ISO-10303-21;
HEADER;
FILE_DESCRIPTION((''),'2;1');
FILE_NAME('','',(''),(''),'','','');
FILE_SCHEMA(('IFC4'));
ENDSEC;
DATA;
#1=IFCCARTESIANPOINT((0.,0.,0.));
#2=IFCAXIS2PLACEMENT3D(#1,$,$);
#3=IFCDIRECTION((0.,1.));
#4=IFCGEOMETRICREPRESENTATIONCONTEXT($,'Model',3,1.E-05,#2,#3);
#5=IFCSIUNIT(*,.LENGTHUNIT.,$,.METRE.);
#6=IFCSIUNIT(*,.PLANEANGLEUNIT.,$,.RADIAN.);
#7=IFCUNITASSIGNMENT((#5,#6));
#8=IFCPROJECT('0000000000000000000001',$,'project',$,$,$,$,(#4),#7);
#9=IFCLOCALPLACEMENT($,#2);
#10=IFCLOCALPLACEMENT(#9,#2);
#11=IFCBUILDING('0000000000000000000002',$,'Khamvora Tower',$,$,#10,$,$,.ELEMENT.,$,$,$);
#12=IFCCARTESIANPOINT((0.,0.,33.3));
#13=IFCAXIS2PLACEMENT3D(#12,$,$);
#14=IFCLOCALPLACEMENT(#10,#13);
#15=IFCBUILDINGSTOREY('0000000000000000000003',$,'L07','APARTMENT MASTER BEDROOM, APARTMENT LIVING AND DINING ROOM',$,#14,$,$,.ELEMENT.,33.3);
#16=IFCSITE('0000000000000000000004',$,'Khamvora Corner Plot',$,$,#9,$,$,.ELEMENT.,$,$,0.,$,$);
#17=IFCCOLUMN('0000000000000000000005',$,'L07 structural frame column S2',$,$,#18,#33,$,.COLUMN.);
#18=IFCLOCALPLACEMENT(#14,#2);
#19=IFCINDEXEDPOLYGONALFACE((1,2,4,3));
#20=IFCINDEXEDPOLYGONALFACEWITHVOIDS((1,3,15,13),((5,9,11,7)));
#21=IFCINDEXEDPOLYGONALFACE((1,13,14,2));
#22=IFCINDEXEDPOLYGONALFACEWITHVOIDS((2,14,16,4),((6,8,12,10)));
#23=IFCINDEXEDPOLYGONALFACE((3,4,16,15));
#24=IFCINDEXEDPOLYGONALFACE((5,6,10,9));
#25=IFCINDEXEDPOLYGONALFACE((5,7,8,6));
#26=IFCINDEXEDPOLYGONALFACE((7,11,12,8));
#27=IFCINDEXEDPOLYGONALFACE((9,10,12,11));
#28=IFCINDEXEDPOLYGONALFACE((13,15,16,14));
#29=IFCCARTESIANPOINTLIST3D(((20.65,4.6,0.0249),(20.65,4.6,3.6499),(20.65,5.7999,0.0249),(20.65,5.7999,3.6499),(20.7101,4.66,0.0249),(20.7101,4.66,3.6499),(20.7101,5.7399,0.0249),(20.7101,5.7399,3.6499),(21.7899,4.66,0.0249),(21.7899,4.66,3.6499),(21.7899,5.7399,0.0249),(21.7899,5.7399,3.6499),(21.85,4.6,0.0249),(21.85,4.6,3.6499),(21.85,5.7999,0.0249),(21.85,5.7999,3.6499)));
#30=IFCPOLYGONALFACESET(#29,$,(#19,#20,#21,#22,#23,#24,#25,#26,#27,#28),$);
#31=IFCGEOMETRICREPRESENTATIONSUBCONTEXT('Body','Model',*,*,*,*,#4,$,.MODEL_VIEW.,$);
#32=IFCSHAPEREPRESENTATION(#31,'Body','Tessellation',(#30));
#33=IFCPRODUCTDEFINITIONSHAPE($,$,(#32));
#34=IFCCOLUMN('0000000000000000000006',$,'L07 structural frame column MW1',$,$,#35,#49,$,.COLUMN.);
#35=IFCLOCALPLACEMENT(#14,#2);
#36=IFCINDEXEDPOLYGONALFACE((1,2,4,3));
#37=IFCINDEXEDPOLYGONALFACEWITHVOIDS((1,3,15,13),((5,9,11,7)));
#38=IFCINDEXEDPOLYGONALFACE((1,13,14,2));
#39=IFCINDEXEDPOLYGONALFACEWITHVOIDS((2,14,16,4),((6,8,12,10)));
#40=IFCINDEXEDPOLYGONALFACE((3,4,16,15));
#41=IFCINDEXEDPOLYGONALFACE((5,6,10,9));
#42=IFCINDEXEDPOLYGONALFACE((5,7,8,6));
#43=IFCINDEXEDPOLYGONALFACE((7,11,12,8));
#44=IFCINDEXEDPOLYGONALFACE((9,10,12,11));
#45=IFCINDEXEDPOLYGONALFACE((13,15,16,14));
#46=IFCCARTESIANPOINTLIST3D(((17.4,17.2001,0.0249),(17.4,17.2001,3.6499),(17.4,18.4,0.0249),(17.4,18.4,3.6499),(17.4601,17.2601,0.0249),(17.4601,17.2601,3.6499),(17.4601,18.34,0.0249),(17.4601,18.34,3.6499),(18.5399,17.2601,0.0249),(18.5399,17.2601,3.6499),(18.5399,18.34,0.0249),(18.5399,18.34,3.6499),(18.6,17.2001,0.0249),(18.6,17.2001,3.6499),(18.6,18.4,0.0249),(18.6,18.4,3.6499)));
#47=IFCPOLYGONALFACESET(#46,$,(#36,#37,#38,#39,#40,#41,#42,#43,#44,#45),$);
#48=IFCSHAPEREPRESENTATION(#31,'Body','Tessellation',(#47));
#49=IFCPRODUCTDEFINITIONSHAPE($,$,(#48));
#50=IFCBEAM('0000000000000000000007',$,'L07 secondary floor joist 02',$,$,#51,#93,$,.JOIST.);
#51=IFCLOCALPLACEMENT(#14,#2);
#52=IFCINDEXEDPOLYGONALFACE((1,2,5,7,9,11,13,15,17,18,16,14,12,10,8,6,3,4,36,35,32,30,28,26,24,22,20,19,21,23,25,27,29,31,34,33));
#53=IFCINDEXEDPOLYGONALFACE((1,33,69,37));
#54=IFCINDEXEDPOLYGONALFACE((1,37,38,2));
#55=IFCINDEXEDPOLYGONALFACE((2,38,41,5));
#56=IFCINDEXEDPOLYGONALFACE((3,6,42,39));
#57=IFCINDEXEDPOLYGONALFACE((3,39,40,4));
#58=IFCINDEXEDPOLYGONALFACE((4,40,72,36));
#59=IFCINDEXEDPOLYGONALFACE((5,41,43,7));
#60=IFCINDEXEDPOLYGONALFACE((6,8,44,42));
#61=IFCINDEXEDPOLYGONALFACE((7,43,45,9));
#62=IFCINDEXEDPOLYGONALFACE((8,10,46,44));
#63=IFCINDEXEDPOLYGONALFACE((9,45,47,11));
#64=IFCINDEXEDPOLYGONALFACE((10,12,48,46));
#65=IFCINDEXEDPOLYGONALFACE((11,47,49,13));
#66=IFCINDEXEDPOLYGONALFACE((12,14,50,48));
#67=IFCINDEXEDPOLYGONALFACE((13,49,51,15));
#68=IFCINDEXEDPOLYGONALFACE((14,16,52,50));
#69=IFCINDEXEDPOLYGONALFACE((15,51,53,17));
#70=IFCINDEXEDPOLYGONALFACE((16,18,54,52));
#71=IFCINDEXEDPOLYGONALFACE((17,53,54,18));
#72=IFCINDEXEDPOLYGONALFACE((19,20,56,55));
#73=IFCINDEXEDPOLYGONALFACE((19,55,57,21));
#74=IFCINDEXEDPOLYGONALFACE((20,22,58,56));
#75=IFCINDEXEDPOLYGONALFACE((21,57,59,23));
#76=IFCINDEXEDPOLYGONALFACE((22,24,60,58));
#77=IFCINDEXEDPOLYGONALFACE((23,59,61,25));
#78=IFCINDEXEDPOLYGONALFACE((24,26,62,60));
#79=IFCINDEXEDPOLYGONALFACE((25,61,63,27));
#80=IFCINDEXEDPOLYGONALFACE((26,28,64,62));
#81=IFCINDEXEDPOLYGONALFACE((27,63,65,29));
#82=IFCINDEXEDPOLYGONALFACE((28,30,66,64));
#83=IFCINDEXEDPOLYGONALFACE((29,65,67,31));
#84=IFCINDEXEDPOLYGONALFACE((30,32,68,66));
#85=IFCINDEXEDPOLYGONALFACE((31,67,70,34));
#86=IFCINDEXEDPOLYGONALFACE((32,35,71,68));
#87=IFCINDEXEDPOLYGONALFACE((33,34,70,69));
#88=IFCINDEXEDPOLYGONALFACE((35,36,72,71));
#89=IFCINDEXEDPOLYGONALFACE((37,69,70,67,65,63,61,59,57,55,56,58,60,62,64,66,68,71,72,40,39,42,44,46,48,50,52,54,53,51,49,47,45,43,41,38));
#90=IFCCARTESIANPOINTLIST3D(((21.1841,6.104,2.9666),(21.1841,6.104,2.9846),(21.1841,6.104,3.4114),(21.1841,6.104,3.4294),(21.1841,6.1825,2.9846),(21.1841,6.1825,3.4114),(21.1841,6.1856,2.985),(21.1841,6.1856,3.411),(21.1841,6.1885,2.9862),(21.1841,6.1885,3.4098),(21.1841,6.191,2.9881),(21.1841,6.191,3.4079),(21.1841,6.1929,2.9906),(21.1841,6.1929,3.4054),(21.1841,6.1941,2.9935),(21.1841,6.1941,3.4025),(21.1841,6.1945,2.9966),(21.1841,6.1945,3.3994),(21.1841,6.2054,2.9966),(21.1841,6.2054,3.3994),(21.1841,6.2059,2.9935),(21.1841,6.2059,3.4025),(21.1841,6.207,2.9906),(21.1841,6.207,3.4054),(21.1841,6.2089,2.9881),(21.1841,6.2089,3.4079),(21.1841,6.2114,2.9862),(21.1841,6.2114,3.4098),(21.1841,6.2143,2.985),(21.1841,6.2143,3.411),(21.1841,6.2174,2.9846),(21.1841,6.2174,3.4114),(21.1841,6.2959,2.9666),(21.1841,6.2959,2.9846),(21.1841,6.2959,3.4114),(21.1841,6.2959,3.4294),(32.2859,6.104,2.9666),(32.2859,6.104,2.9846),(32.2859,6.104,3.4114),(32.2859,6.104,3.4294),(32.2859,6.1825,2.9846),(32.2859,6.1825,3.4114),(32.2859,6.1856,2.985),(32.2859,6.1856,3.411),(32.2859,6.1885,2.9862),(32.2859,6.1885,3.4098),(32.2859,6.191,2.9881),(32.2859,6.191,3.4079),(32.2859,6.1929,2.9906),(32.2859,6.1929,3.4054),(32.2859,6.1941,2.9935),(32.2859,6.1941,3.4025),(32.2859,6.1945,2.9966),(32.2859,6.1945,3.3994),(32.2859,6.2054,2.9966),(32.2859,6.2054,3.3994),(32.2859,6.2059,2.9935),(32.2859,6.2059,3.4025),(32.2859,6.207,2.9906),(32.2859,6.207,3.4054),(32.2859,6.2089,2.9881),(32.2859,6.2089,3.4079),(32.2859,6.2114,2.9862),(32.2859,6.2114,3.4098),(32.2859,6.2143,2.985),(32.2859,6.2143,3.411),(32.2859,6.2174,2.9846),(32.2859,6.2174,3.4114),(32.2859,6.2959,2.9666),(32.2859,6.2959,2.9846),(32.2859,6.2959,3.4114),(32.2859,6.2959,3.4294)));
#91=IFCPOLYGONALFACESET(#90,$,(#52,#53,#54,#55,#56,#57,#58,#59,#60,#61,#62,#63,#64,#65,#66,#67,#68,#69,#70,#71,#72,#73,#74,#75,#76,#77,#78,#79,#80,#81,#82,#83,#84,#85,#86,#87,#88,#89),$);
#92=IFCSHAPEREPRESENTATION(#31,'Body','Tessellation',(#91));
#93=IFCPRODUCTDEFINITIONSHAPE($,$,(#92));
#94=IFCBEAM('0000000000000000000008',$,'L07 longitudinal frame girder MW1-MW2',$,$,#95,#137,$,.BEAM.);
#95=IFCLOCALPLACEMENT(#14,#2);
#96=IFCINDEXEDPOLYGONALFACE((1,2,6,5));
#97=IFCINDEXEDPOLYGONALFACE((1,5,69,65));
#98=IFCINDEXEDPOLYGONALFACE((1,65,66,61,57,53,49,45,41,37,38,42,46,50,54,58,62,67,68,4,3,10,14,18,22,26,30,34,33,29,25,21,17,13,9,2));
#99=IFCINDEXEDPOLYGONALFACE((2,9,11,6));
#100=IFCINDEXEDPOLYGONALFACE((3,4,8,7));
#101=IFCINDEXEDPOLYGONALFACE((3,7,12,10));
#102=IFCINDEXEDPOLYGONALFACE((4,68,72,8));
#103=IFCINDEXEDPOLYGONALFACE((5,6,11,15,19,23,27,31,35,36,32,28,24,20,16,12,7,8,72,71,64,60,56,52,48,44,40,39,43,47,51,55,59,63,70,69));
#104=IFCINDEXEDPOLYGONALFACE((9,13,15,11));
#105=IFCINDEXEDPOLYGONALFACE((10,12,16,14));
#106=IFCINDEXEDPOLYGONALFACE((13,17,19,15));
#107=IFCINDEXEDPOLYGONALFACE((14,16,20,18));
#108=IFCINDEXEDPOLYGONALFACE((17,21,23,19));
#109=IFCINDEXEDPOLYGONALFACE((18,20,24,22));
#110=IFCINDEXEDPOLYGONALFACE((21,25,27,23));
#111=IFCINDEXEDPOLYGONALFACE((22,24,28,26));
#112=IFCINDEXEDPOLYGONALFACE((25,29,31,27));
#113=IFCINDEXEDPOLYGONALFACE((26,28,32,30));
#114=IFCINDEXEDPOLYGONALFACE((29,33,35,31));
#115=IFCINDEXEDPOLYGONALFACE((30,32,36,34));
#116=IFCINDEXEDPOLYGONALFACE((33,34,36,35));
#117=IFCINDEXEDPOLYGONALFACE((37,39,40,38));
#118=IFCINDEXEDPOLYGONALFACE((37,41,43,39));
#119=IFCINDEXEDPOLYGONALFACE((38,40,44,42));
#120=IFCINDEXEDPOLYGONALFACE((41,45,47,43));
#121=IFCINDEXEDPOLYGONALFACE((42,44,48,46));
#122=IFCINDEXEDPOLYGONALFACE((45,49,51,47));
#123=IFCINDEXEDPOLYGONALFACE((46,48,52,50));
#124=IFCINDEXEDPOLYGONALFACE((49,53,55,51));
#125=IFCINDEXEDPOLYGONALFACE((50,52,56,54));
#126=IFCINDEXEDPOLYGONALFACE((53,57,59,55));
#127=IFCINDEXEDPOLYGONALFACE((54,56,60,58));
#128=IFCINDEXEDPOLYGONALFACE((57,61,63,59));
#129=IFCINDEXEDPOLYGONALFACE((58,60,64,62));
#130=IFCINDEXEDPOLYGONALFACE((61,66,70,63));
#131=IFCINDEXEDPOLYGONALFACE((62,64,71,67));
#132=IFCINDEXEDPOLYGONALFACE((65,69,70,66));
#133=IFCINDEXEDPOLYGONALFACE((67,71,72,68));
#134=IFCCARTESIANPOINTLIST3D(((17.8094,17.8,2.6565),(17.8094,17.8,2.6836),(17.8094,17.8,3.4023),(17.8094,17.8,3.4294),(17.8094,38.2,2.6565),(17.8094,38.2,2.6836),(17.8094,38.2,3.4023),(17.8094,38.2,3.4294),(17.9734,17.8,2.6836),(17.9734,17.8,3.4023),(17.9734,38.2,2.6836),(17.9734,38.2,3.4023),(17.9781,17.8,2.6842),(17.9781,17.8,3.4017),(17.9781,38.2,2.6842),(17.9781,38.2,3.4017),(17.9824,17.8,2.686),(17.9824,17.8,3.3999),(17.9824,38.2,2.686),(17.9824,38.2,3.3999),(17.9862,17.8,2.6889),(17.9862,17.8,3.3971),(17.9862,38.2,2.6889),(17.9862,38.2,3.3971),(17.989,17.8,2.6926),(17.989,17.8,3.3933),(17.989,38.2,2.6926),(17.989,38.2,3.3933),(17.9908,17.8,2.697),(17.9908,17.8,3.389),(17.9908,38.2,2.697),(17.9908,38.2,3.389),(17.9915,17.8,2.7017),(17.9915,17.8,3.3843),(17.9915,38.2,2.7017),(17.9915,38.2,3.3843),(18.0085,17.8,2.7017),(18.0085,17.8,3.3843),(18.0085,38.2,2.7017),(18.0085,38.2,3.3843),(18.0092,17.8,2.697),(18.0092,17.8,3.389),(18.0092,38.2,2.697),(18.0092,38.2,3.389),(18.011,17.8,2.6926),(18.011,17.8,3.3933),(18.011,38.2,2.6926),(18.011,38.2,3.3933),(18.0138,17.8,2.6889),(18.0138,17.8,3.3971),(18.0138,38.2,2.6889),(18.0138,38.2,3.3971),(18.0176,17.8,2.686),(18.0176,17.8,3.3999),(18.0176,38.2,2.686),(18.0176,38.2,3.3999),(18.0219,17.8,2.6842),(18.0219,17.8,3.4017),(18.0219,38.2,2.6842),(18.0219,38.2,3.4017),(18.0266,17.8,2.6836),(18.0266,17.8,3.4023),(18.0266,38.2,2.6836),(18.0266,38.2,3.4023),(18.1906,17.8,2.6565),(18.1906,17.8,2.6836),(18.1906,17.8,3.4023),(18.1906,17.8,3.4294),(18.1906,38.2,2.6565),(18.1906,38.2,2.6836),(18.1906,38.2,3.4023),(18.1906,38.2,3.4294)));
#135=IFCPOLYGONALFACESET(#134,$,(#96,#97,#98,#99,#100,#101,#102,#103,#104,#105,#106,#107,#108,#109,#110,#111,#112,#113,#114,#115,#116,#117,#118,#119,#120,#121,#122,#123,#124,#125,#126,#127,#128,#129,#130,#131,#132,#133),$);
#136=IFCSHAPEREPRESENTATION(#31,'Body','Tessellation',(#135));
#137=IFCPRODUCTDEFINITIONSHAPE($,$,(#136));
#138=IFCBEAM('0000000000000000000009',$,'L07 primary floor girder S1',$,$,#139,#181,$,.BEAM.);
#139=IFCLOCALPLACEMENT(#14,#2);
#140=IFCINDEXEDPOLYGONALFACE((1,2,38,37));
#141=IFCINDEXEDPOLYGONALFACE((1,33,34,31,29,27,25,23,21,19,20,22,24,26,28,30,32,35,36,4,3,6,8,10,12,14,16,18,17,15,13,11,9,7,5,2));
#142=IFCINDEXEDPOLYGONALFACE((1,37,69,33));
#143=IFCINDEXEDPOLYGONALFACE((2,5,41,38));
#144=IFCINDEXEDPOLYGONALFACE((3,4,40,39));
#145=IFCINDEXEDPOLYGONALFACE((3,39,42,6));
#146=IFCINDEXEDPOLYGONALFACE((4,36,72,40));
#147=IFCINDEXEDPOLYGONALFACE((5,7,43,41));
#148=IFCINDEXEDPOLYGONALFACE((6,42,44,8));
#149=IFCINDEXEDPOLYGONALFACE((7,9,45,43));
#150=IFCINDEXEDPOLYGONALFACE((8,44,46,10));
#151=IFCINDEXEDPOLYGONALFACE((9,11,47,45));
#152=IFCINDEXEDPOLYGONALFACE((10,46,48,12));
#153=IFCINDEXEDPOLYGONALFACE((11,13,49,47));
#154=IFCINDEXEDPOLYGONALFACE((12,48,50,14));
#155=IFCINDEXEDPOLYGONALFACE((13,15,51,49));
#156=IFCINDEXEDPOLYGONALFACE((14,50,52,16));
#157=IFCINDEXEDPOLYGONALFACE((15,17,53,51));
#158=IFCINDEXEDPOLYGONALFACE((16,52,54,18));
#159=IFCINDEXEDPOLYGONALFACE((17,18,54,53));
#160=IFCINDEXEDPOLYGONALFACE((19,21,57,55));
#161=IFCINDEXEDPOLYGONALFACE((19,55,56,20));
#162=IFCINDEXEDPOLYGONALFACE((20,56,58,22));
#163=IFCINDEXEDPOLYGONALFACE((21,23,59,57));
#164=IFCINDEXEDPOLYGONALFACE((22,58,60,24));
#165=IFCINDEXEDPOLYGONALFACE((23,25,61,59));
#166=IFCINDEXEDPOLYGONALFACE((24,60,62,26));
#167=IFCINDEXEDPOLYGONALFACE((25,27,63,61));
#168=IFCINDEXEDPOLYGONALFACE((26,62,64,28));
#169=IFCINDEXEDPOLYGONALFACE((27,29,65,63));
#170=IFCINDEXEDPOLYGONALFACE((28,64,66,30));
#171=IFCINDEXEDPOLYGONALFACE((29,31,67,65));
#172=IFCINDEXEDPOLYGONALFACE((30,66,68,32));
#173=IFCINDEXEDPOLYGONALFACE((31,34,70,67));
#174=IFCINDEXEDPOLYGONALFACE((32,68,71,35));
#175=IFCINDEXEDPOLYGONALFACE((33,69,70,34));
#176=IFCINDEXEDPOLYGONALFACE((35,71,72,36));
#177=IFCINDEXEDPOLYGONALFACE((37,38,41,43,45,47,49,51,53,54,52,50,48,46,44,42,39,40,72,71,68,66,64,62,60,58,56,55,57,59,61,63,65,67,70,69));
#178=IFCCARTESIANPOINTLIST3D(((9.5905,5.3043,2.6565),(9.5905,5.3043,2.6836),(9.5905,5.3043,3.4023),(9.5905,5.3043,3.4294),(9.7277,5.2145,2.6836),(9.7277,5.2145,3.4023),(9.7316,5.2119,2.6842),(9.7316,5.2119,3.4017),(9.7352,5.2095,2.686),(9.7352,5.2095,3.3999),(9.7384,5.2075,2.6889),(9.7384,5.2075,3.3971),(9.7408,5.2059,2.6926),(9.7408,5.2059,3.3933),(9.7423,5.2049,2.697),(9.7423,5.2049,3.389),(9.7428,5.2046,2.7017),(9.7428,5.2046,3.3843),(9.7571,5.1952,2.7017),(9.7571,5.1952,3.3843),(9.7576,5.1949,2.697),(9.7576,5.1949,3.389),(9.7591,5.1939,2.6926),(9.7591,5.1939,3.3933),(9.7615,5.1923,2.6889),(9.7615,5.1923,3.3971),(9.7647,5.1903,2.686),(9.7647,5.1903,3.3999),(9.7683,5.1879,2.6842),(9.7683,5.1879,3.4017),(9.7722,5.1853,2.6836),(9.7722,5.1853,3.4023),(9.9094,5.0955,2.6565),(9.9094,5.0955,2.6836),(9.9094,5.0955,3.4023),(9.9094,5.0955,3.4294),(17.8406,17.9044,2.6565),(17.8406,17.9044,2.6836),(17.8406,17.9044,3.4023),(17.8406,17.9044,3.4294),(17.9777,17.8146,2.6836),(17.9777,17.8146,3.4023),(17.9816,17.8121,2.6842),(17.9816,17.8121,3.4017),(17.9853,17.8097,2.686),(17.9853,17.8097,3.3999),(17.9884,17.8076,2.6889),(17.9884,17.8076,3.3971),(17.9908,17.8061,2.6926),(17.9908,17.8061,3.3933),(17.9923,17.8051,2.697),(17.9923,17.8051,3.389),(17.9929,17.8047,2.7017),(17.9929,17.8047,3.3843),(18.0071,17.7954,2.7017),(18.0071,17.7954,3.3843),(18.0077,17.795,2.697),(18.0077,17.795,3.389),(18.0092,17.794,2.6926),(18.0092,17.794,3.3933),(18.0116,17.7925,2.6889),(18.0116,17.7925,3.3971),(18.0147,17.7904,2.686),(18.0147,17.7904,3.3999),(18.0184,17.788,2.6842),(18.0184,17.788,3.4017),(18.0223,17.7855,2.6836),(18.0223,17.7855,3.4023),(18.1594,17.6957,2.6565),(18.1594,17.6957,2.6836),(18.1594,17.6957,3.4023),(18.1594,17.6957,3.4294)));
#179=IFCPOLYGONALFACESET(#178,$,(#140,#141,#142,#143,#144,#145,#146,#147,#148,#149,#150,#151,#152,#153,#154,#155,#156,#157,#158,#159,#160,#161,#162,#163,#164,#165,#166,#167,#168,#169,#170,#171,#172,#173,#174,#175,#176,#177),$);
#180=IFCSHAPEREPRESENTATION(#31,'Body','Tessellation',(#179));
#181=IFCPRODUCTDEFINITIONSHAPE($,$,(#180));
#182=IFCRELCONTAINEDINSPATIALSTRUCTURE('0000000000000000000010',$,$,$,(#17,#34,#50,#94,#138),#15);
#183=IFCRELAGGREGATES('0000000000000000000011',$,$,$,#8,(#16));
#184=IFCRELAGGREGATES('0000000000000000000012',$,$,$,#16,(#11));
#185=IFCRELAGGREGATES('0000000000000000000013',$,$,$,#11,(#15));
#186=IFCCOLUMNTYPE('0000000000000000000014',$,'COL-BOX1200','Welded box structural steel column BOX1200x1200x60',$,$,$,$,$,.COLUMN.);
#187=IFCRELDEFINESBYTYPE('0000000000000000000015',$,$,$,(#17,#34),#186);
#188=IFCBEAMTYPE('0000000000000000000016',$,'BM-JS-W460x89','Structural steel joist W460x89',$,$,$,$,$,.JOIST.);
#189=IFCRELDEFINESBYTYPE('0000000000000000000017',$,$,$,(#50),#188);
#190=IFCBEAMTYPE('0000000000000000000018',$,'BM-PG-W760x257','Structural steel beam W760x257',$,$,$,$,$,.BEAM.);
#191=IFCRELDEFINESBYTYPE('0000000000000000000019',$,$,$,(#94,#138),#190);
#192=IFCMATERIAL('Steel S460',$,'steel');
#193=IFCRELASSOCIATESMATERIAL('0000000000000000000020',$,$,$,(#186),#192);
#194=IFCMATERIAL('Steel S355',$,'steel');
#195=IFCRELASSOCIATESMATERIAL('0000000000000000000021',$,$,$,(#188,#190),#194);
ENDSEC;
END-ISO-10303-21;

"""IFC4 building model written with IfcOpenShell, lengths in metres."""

from ifc_helpers import new_model, si_unit, direction, frame, origin, origin_2d, place, context, subcontext, project, spatial, hollow_rectangle, i_section, extrude, material, material_profile, profile_set, type_object, element, save


model = new_model("IFC4")

# Units and contexts
model_context = context("Model", 3, precision=1e-05, world=origin(), true_north=direction((0.0, 1.0)))
body_context = subcontext(model_context, "Body", "Model", "MODEL_VIEW")
ifc_project = project(units=[si_unit("LENGTHUNIT", "METRE"), si_unit("PLANEANGLEUNIT", "RADIAN")], contexts=[model_context])

# Site, building, storey
site_placement = place(None, origin())
site = spatial("IfcSite", under=ifc_project, at=site_placement, Name="Khamvora Corner Plot", CompositionType="ELEMENT", RefElevation=0.0)
building_placement = place(site_placement, origin())
building = spatial("IfcBuilding", under=site, at=building_placement, Name="Khamvora Tower", CompositionType="ELEMENT")
storey_placement = place(building_placement, frame((0.0, 0.0, 33.3)))
storey = spatial("IfcBuildingStorey", under=building, at=storey_placement, Name="L07", Description="APARTMENT MASTER BEDROOM, APARTMENT LIVING AND DINING ROOM", CompositionType="ELEMENT", Elevation=33.3)

# Columns
ifc_material_1 = material(Name="Steel S460", Category="steel")
ifc_material_profile_1 = material_profile(ifc_material_1, hollow_rectangle(XDim=1.2, YDim=1.2, WallThickness=0.0601, at=origin_2d()), Name="BOX1200x1200x60")
ifc_profile_set_1 = profile_set([ifc_material_profile_1], Name="Steel S460")
column_type = type_object("IfcColumnType", Name="COL-BOX1200", Description="Welded box structural steel column BOX1200x1200x60", PredefinedType="COLUMN", material=ifc_profile_set_1)
for number, where, z_axis, x_axis, name in (
    (1, (21.25, 5.2, 0.0249), (0.0, 0.0, 1.0), (1.0, 0.0, 0.0), "L07 structural frame column S2"),
    (2, (18.0, 17.8, 0.0249), (0.0, 0.0, 1.0), (1.0, 0.0, 0.0), "L07 structural frame column MW1"),
):
    element("IfcColumn", number, at=place(storey_placement, frame(where, z_axis=z_axis, x_axis=x_axis)), inside=storey, type_object=column_type, Name=name, PredefinedType="COLUMN", context=body_context, shape_type="SweptSolid", body=[
        extrude(hollow_rectangle(XDim=1.2, YDim=1.2, WallThickness=0.0601, at=origin_2d()), origin(), (0.0, 0.0, 1.0), 3.625),
    ])

# Beams
ifc_material_2 = material(Name="Steel S355", Category="steel")
ifc_material_profile_2 = material_profile(ifc_material_2, i_section(OverallWidth=0.1919, OverallDepth=0.4629, WebThickness=0.011, FlangeThickness=0.0181, FilletRadius=0.012, at=origin_2d()), Name="W460x89")
ifc_profile_set_2 = profile_set([ifc_material_profile_2], Name="Steel S355")
beam_type_1 = type_object("IfcBeamType", Name="BM-JS-W460x89", Description="Structural steel joist W460x89", PredefinedType="JOIST", material=ifc_profile_set_2)
beam_1_placement = place(storey_placement, frame((21.1841, 6.2, 3.198), z_axis=(1.0, 0.0, 0.0), x_axis=(0.0, 1.0, 0.0)))
element("IfcBeam", 3, at=beam_1_placement, inside=storey, type_object=beam_type_1, Name="L07 secondary floor joist 02", PredefinedType="JOIST", context=body_context, shape_type="SweptSolid", body=[
    extrude(i_section(OverallWidth=0.1919, OverallDepth=0.4629, WebThickness=0.011, FlangeThickness=0.0181, FilletRadius=0.012, at=origin_2d()), origin(), (0.0, 0.0, 1.0), 11.1018),
])
ifc_material_profile_3 = material_profile(ifc_material_2, i_section(OverallWidth=0.3811, OverallDepth=0.7729, WebThickness=0.0171, FlangeThickness=0.0271, FilletRadius=0.0181, at=origin_2d()), Name="W760x257")
ifc_profile_set_3 = profile_set([ifc_material_profile_3], Name="Steel S355")
beam_type_2 = type_object("IfcBeamType", Name="BM-PG-W760x257", Description="Structural steel beam W760x257", PredefinedType="BEAM", material=ifc_profile_set_3)
beam_2_placement = place(storey_placement, frame((18.0, 17.8, 3.043), z_axis=(0.0, 1.0, 0.0), x_axis=(-1.0, 0.0, 0.0)))
element("IfcBeam", 4, at=beam_2_placement, inside=storey, type_object=beam_type_2, Name="L07 longitudinal frame girder MW1-MW2", PredefinedType="BEAM", context=body_context, shape_type="SweptSolid", body=[
    extrude(i_section(OverallWidth=0.3811, OverallDepth=0.7729, WebThickness=0.0171, FlangeThickness=0.0271, FilletRadius=0.0181, at=origin_2d()), origin(), (0.0, 0.0, 1.0), 20.3999),
])
beam_3_placement = place(storey_placement, frame((18.0, 17.8, 3.043), z_axis=(-0.547783, -0.83662, 0.0), x_axis=(0.83662, -0.547783, 0.0)))
element("IfcBeam", 5, at=beam_3_placement, inside=storey, type_object=beam_type_2, Name="L07 primary floor girder S1", PredefinedType="BEAM", context=body_context, shape_type="SweptSolid", body=[
    extrude(i_section(OverallWidth=0.3811, OverallDepth=0.7729, WebThickness=0.0171, FlangeThickness=0.0271, FilletRadius=0.0181, at=origin_2d()), origin(), (0.0, 0.0, 1.0), 15.0608),
])

save(model, "model.ifc")
